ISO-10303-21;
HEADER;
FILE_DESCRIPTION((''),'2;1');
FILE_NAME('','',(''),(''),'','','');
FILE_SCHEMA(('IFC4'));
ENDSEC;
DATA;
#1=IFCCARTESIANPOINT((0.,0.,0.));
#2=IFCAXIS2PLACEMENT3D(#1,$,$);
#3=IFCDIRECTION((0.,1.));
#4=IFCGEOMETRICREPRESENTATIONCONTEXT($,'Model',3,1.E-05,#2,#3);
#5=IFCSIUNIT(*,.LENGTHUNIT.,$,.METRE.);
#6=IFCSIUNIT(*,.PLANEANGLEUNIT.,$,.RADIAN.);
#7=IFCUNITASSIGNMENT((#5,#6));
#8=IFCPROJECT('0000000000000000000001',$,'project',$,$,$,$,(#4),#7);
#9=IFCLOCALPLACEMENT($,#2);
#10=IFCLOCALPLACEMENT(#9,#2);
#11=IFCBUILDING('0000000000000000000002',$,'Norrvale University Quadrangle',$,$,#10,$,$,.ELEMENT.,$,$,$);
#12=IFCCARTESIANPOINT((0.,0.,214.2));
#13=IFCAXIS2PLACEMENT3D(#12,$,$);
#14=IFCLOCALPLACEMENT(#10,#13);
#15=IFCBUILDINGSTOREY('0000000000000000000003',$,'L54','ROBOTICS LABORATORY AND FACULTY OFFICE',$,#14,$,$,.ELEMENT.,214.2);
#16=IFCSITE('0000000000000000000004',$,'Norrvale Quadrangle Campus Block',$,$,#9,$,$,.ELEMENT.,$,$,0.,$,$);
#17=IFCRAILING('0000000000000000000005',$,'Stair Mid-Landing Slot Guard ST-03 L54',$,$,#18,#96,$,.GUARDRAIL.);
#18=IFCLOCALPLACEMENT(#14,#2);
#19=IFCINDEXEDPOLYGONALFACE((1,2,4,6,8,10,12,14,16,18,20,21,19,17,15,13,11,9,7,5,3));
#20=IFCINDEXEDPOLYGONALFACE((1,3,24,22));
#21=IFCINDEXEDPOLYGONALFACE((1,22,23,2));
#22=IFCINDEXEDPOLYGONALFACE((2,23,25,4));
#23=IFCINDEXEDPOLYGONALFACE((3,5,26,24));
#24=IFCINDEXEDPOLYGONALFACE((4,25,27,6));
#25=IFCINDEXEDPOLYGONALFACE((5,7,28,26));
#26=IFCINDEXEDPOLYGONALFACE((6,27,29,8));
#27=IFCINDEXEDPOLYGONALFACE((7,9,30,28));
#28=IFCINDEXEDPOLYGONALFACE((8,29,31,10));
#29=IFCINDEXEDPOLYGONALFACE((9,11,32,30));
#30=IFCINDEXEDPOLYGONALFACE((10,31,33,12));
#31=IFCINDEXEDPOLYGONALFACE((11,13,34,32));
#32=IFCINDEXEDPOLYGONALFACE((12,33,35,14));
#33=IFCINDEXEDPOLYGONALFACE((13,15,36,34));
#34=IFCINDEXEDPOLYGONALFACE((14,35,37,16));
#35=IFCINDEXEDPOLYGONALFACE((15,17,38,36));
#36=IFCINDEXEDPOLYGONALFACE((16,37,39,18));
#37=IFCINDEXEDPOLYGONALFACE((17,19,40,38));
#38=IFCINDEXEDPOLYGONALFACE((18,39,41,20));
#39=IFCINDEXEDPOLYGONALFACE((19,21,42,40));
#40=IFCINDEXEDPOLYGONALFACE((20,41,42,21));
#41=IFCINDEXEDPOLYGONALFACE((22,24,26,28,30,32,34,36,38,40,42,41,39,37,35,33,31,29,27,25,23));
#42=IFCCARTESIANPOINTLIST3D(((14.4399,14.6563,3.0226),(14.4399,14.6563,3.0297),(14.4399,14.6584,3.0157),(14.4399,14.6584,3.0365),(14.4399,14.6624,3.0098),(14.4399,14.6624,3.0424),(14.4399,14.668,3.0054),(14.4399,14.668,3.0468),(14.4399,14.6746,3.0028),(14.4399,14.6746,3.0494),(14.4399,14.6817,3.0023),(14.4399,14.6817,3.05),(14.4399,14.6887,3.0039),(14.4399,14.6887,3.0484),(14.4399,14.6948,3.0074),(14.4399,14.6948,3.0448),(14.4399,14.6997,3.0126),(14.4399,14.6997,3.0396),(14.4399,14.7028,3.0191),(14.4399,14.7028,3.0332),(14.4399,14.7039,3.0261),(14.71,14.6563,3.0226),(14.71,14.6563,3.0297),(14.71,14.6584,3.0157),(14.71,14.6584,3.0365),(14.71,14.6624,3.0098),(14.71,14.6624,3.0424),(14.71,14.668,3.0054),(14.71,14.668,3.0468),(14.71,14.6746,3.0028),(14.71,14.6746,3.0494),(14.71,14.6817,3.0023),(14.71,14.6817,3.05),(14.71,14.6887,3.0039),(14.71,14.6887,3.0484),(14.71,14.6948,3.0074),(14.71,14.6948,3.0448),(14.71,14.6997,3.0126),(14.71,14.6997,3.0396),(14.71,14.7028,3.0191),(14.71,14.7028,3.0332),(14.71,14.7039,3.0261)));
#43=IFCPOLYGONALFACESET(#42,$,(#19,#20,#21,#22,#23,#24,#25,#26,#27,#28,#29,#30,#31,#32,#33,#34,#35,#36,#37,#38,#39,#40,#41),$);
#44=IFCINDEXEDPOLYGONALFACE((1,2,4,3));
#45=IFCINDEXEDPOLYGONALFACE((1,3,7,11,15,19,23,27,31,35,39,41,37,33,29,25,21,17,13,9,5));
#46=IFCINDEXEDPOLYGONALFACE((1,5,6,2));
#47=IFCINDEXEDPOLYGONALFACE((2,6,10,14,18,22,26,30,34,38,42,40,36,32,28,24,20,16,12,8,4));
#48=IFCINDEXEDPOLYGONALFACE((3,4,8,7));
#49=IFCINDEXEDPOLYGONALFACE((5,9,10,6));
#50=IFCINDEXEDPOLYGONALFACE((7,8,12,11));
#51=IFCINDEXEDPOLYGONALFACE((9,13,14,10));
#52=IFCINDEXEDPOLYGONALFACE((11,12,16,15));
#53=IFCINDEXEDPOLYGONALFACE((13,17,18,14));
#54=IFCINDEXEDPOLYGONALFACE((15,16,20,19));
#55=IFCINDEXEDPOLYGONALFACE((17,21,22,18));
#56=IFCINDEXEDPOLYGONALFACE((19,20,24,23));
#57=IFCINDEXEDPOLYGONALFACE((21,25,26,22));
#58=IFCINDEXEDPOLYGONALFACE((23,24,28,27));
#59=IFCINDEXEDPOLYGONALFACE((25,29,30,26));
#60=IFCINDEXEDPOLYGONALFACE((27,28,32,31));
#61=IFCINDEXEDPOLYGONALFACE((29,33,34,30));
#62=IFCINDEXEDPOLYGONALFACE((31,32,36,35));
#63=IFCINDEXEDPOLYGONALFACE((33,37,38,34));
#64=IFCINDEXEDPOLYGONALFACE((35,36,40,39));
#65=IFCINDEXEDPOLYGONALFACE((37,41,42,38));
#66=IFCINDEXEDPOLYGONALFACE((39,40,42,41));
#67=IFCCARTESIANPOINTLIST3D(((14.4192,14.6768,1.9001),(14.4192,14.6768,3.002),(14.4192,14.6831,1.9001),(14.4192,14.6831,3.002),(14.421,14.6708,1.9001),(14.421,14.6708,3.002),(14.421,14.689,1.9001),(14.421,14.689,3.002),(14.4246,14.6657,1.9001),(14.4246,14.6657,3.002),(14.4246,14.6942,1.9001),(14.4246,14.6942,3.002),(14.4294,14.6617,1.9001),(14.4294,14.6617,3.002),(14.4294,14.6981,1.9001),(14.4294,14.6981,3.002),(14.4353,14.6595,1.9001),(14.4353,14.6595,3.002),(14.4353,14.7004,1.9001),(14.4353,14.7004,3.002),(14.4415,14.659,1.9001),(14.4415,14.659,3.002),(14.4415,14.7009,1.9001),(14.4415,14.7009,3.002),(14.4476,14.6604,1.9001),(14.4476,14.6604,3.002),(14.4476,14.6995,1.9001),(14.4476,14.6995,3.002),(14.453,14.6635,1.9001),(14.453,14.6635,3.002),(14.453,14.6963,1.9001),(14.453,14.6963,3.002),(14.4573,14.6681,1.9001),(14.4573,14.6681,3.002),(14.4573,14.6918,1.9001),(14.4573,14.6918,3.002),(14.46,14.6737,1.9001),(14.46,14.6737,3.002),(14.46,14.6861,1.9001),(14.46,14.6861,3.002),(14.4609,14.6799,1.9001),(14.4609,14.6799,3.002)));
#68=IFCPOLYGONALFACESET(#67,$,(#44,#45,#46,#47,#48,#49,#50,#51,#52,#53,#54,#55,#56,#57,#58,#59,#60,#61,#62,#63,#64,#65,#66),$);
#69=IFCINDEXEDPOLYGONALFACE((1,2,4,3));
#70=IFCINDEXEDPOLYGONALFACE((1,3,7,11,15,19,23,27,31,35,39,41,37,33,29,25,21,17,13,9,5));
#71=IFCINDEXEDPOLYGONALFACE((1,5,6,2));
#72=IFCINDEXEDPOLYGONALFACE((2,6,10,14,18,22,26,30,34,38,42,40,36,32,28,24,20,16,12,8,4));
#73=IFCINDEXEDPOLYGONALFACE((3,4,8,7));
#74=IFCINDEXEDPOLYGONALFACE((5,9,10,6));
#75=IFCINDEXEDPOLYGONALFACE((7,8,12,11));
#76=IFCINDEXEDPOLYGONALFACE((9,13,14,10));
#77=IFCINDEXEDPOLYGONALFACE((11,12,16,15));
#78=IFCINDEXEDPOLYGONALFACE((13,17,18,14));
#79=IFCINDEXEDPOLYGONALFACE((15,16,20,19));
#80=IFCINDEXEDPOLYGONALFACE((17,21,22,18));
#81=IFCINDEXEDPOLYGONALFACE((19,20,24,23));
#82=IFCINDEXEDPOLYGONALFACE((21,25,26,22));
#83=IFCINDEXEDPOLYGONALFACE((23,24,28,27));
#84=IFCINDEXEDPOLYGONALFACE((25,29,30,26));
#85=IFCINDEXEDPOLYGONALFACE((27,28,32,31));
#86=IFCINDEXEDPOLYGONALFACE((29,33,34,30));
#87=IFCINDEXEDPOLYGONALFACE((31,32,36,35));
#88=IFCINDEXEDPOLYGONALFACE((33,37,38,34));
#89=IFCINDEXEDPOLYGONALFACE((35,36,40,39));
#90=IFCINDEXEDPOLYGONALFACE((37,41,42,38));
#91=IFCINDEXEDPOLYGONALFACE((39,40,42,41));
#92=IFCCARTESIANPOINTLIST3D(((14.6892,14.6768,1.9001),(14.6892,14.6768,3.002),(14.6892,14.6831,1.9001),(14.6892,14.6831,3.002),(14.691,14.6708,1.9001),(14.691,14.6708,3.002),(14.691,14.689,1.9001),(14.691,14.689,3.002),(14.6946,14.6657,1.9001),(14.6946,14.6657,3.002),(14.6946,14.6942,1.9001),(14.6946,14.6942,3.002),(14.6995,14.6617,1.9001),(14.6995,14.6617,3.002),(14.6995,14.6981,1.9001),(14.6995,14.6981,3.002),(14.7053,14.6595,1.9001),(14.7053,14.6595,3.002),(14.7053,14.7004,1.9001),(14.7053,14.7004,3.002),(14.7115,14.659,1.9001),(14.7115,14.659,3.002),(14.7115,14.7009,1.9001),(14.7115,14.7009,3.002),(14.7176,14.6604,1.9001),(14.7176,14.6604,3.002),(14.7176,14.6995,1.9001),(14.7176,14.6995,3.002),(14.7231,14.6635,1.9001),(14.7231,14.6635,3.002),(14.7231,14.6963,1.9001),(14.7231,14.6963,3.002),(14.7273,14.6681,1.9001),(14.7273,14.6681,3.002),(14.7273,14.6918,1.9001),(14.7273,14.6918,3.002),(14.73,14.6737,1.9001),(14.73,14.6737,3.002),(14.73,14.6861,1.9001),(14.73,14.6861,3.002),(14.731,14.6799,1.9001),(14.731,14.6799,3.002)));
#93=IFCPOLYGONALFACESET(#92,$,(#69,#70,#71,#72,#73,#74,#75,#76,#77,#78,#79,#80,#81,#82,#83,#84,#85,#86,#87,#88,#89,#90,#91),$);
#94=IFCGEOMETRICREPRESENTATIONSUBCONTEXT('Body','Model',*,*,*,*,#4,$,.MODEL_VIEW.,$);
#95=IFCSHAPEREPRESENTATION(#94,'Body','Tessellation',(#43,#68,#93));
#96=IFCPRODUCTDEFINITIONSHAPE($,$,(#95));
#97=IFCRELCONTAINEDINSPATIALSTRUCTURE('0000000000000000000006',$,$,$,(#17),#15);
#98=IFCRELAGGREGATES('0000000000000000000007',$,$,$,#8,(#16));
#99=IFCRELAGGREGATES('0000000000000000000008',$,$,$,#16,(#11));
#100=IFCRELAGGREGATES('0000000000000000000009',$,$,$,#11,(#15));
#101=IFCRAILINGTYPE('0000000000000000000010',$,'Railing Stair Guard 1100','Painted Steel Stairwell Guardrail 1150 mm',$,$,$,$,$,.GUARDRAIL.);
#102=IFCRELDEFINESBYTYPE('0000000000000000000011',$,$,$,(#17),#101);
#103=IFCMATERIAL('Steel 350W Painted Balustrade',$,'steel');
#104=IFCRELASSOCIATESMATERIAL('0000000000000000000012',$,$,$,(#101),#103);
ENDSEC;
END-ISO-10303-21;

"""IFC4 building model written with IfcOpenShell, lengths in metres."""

from ifc_helpers import new_model, si_unit, direction, frame, origin, origin_2d, place, context, subcontext, project, spatial, circle, extrude, material, type_object, element, save


model = new_model("IFC4")

# Units and contexts
model_context = context("Model", 3, precision=1e-05, world=origin(), true_north=direction((0.0, 1.0)))
body_context = subcontext(model_context, "Body", "Model", "MODEL_VIEW")
ifc_project = project(units=[si_unit("LENGTHUNIT", "METRE"), si_unit("PLANEANGLEUNIT", "RADIAN")], contexts=[model_context])

# Site, building, storey
site_placement = place(None, origin())
site = spatial("IfcSite", under=ifc_project, at=site_placement, Name="Norrvale Quadrangle Campus Block", CompositionType="ELEMENT", RefElevation=0.0)
building_placement = place(site_placement, origin())
building = spatial("IfcBuilding", under=site, at=building_placement, Name="Norrvale University Quadrangle", CompositionType="ELEMENT")
storey_placement = place(building_placement, frame((0.0, 0.0, 214.2)))
storey = spatial("IfcBuildingStorey", under=building, at=storey_placement, Name="L54", Description="ROBOTICS LABORATORY AND FACULTY OFFICE", CompositionType="ELEMENT", Elevation=214.2)

# Railing
ifc_material_1 = material(Name="Steel 350W Painted Balustrade", Category="steel")
railing_type_1 = type_object("IfcRailingType", Name="Railing Stair Guard 1100", Description="Painted Steel Stairwell Guardrail 1150 mm", PredefinedType="GUARDRAIL", material=ifc_material_1)
for number, where, name in (
    (1, (14.4399, 14.6799, 1.9001), "Stair Mid-Landing Slot Guard ST-03 L54"),
):
    element("IfcRailing", number, at=place(storey_placement, frame(where)), inside=storey, type_object=railing_type_1, Name=name, PredefinedType="GUARDRAIL", context=body_context, shape_type="SweptSolid", body=[
        extrude(circle(Radius=0.0239, at=origin_2d()), frame((0.0, 0.0, 1.126), z_axis=(1.0, 0.0, 0.0), x_axis=(0.0, 1.0, 0.0)), (0.0, 0.0, 1.0), 0.27),
        extrude(circle(Radius=0.021, at=origin_2d()), origin(), (0.0, 0.0, 1.0), 1.1018),
        extrude(circle(Radius=0.021, at=origin_2d()), frame((0.27, 0.0, 0.0)), (0.0, 0.0, 1.0), 1.1018),
    ])

save(model, "model.ifc")
